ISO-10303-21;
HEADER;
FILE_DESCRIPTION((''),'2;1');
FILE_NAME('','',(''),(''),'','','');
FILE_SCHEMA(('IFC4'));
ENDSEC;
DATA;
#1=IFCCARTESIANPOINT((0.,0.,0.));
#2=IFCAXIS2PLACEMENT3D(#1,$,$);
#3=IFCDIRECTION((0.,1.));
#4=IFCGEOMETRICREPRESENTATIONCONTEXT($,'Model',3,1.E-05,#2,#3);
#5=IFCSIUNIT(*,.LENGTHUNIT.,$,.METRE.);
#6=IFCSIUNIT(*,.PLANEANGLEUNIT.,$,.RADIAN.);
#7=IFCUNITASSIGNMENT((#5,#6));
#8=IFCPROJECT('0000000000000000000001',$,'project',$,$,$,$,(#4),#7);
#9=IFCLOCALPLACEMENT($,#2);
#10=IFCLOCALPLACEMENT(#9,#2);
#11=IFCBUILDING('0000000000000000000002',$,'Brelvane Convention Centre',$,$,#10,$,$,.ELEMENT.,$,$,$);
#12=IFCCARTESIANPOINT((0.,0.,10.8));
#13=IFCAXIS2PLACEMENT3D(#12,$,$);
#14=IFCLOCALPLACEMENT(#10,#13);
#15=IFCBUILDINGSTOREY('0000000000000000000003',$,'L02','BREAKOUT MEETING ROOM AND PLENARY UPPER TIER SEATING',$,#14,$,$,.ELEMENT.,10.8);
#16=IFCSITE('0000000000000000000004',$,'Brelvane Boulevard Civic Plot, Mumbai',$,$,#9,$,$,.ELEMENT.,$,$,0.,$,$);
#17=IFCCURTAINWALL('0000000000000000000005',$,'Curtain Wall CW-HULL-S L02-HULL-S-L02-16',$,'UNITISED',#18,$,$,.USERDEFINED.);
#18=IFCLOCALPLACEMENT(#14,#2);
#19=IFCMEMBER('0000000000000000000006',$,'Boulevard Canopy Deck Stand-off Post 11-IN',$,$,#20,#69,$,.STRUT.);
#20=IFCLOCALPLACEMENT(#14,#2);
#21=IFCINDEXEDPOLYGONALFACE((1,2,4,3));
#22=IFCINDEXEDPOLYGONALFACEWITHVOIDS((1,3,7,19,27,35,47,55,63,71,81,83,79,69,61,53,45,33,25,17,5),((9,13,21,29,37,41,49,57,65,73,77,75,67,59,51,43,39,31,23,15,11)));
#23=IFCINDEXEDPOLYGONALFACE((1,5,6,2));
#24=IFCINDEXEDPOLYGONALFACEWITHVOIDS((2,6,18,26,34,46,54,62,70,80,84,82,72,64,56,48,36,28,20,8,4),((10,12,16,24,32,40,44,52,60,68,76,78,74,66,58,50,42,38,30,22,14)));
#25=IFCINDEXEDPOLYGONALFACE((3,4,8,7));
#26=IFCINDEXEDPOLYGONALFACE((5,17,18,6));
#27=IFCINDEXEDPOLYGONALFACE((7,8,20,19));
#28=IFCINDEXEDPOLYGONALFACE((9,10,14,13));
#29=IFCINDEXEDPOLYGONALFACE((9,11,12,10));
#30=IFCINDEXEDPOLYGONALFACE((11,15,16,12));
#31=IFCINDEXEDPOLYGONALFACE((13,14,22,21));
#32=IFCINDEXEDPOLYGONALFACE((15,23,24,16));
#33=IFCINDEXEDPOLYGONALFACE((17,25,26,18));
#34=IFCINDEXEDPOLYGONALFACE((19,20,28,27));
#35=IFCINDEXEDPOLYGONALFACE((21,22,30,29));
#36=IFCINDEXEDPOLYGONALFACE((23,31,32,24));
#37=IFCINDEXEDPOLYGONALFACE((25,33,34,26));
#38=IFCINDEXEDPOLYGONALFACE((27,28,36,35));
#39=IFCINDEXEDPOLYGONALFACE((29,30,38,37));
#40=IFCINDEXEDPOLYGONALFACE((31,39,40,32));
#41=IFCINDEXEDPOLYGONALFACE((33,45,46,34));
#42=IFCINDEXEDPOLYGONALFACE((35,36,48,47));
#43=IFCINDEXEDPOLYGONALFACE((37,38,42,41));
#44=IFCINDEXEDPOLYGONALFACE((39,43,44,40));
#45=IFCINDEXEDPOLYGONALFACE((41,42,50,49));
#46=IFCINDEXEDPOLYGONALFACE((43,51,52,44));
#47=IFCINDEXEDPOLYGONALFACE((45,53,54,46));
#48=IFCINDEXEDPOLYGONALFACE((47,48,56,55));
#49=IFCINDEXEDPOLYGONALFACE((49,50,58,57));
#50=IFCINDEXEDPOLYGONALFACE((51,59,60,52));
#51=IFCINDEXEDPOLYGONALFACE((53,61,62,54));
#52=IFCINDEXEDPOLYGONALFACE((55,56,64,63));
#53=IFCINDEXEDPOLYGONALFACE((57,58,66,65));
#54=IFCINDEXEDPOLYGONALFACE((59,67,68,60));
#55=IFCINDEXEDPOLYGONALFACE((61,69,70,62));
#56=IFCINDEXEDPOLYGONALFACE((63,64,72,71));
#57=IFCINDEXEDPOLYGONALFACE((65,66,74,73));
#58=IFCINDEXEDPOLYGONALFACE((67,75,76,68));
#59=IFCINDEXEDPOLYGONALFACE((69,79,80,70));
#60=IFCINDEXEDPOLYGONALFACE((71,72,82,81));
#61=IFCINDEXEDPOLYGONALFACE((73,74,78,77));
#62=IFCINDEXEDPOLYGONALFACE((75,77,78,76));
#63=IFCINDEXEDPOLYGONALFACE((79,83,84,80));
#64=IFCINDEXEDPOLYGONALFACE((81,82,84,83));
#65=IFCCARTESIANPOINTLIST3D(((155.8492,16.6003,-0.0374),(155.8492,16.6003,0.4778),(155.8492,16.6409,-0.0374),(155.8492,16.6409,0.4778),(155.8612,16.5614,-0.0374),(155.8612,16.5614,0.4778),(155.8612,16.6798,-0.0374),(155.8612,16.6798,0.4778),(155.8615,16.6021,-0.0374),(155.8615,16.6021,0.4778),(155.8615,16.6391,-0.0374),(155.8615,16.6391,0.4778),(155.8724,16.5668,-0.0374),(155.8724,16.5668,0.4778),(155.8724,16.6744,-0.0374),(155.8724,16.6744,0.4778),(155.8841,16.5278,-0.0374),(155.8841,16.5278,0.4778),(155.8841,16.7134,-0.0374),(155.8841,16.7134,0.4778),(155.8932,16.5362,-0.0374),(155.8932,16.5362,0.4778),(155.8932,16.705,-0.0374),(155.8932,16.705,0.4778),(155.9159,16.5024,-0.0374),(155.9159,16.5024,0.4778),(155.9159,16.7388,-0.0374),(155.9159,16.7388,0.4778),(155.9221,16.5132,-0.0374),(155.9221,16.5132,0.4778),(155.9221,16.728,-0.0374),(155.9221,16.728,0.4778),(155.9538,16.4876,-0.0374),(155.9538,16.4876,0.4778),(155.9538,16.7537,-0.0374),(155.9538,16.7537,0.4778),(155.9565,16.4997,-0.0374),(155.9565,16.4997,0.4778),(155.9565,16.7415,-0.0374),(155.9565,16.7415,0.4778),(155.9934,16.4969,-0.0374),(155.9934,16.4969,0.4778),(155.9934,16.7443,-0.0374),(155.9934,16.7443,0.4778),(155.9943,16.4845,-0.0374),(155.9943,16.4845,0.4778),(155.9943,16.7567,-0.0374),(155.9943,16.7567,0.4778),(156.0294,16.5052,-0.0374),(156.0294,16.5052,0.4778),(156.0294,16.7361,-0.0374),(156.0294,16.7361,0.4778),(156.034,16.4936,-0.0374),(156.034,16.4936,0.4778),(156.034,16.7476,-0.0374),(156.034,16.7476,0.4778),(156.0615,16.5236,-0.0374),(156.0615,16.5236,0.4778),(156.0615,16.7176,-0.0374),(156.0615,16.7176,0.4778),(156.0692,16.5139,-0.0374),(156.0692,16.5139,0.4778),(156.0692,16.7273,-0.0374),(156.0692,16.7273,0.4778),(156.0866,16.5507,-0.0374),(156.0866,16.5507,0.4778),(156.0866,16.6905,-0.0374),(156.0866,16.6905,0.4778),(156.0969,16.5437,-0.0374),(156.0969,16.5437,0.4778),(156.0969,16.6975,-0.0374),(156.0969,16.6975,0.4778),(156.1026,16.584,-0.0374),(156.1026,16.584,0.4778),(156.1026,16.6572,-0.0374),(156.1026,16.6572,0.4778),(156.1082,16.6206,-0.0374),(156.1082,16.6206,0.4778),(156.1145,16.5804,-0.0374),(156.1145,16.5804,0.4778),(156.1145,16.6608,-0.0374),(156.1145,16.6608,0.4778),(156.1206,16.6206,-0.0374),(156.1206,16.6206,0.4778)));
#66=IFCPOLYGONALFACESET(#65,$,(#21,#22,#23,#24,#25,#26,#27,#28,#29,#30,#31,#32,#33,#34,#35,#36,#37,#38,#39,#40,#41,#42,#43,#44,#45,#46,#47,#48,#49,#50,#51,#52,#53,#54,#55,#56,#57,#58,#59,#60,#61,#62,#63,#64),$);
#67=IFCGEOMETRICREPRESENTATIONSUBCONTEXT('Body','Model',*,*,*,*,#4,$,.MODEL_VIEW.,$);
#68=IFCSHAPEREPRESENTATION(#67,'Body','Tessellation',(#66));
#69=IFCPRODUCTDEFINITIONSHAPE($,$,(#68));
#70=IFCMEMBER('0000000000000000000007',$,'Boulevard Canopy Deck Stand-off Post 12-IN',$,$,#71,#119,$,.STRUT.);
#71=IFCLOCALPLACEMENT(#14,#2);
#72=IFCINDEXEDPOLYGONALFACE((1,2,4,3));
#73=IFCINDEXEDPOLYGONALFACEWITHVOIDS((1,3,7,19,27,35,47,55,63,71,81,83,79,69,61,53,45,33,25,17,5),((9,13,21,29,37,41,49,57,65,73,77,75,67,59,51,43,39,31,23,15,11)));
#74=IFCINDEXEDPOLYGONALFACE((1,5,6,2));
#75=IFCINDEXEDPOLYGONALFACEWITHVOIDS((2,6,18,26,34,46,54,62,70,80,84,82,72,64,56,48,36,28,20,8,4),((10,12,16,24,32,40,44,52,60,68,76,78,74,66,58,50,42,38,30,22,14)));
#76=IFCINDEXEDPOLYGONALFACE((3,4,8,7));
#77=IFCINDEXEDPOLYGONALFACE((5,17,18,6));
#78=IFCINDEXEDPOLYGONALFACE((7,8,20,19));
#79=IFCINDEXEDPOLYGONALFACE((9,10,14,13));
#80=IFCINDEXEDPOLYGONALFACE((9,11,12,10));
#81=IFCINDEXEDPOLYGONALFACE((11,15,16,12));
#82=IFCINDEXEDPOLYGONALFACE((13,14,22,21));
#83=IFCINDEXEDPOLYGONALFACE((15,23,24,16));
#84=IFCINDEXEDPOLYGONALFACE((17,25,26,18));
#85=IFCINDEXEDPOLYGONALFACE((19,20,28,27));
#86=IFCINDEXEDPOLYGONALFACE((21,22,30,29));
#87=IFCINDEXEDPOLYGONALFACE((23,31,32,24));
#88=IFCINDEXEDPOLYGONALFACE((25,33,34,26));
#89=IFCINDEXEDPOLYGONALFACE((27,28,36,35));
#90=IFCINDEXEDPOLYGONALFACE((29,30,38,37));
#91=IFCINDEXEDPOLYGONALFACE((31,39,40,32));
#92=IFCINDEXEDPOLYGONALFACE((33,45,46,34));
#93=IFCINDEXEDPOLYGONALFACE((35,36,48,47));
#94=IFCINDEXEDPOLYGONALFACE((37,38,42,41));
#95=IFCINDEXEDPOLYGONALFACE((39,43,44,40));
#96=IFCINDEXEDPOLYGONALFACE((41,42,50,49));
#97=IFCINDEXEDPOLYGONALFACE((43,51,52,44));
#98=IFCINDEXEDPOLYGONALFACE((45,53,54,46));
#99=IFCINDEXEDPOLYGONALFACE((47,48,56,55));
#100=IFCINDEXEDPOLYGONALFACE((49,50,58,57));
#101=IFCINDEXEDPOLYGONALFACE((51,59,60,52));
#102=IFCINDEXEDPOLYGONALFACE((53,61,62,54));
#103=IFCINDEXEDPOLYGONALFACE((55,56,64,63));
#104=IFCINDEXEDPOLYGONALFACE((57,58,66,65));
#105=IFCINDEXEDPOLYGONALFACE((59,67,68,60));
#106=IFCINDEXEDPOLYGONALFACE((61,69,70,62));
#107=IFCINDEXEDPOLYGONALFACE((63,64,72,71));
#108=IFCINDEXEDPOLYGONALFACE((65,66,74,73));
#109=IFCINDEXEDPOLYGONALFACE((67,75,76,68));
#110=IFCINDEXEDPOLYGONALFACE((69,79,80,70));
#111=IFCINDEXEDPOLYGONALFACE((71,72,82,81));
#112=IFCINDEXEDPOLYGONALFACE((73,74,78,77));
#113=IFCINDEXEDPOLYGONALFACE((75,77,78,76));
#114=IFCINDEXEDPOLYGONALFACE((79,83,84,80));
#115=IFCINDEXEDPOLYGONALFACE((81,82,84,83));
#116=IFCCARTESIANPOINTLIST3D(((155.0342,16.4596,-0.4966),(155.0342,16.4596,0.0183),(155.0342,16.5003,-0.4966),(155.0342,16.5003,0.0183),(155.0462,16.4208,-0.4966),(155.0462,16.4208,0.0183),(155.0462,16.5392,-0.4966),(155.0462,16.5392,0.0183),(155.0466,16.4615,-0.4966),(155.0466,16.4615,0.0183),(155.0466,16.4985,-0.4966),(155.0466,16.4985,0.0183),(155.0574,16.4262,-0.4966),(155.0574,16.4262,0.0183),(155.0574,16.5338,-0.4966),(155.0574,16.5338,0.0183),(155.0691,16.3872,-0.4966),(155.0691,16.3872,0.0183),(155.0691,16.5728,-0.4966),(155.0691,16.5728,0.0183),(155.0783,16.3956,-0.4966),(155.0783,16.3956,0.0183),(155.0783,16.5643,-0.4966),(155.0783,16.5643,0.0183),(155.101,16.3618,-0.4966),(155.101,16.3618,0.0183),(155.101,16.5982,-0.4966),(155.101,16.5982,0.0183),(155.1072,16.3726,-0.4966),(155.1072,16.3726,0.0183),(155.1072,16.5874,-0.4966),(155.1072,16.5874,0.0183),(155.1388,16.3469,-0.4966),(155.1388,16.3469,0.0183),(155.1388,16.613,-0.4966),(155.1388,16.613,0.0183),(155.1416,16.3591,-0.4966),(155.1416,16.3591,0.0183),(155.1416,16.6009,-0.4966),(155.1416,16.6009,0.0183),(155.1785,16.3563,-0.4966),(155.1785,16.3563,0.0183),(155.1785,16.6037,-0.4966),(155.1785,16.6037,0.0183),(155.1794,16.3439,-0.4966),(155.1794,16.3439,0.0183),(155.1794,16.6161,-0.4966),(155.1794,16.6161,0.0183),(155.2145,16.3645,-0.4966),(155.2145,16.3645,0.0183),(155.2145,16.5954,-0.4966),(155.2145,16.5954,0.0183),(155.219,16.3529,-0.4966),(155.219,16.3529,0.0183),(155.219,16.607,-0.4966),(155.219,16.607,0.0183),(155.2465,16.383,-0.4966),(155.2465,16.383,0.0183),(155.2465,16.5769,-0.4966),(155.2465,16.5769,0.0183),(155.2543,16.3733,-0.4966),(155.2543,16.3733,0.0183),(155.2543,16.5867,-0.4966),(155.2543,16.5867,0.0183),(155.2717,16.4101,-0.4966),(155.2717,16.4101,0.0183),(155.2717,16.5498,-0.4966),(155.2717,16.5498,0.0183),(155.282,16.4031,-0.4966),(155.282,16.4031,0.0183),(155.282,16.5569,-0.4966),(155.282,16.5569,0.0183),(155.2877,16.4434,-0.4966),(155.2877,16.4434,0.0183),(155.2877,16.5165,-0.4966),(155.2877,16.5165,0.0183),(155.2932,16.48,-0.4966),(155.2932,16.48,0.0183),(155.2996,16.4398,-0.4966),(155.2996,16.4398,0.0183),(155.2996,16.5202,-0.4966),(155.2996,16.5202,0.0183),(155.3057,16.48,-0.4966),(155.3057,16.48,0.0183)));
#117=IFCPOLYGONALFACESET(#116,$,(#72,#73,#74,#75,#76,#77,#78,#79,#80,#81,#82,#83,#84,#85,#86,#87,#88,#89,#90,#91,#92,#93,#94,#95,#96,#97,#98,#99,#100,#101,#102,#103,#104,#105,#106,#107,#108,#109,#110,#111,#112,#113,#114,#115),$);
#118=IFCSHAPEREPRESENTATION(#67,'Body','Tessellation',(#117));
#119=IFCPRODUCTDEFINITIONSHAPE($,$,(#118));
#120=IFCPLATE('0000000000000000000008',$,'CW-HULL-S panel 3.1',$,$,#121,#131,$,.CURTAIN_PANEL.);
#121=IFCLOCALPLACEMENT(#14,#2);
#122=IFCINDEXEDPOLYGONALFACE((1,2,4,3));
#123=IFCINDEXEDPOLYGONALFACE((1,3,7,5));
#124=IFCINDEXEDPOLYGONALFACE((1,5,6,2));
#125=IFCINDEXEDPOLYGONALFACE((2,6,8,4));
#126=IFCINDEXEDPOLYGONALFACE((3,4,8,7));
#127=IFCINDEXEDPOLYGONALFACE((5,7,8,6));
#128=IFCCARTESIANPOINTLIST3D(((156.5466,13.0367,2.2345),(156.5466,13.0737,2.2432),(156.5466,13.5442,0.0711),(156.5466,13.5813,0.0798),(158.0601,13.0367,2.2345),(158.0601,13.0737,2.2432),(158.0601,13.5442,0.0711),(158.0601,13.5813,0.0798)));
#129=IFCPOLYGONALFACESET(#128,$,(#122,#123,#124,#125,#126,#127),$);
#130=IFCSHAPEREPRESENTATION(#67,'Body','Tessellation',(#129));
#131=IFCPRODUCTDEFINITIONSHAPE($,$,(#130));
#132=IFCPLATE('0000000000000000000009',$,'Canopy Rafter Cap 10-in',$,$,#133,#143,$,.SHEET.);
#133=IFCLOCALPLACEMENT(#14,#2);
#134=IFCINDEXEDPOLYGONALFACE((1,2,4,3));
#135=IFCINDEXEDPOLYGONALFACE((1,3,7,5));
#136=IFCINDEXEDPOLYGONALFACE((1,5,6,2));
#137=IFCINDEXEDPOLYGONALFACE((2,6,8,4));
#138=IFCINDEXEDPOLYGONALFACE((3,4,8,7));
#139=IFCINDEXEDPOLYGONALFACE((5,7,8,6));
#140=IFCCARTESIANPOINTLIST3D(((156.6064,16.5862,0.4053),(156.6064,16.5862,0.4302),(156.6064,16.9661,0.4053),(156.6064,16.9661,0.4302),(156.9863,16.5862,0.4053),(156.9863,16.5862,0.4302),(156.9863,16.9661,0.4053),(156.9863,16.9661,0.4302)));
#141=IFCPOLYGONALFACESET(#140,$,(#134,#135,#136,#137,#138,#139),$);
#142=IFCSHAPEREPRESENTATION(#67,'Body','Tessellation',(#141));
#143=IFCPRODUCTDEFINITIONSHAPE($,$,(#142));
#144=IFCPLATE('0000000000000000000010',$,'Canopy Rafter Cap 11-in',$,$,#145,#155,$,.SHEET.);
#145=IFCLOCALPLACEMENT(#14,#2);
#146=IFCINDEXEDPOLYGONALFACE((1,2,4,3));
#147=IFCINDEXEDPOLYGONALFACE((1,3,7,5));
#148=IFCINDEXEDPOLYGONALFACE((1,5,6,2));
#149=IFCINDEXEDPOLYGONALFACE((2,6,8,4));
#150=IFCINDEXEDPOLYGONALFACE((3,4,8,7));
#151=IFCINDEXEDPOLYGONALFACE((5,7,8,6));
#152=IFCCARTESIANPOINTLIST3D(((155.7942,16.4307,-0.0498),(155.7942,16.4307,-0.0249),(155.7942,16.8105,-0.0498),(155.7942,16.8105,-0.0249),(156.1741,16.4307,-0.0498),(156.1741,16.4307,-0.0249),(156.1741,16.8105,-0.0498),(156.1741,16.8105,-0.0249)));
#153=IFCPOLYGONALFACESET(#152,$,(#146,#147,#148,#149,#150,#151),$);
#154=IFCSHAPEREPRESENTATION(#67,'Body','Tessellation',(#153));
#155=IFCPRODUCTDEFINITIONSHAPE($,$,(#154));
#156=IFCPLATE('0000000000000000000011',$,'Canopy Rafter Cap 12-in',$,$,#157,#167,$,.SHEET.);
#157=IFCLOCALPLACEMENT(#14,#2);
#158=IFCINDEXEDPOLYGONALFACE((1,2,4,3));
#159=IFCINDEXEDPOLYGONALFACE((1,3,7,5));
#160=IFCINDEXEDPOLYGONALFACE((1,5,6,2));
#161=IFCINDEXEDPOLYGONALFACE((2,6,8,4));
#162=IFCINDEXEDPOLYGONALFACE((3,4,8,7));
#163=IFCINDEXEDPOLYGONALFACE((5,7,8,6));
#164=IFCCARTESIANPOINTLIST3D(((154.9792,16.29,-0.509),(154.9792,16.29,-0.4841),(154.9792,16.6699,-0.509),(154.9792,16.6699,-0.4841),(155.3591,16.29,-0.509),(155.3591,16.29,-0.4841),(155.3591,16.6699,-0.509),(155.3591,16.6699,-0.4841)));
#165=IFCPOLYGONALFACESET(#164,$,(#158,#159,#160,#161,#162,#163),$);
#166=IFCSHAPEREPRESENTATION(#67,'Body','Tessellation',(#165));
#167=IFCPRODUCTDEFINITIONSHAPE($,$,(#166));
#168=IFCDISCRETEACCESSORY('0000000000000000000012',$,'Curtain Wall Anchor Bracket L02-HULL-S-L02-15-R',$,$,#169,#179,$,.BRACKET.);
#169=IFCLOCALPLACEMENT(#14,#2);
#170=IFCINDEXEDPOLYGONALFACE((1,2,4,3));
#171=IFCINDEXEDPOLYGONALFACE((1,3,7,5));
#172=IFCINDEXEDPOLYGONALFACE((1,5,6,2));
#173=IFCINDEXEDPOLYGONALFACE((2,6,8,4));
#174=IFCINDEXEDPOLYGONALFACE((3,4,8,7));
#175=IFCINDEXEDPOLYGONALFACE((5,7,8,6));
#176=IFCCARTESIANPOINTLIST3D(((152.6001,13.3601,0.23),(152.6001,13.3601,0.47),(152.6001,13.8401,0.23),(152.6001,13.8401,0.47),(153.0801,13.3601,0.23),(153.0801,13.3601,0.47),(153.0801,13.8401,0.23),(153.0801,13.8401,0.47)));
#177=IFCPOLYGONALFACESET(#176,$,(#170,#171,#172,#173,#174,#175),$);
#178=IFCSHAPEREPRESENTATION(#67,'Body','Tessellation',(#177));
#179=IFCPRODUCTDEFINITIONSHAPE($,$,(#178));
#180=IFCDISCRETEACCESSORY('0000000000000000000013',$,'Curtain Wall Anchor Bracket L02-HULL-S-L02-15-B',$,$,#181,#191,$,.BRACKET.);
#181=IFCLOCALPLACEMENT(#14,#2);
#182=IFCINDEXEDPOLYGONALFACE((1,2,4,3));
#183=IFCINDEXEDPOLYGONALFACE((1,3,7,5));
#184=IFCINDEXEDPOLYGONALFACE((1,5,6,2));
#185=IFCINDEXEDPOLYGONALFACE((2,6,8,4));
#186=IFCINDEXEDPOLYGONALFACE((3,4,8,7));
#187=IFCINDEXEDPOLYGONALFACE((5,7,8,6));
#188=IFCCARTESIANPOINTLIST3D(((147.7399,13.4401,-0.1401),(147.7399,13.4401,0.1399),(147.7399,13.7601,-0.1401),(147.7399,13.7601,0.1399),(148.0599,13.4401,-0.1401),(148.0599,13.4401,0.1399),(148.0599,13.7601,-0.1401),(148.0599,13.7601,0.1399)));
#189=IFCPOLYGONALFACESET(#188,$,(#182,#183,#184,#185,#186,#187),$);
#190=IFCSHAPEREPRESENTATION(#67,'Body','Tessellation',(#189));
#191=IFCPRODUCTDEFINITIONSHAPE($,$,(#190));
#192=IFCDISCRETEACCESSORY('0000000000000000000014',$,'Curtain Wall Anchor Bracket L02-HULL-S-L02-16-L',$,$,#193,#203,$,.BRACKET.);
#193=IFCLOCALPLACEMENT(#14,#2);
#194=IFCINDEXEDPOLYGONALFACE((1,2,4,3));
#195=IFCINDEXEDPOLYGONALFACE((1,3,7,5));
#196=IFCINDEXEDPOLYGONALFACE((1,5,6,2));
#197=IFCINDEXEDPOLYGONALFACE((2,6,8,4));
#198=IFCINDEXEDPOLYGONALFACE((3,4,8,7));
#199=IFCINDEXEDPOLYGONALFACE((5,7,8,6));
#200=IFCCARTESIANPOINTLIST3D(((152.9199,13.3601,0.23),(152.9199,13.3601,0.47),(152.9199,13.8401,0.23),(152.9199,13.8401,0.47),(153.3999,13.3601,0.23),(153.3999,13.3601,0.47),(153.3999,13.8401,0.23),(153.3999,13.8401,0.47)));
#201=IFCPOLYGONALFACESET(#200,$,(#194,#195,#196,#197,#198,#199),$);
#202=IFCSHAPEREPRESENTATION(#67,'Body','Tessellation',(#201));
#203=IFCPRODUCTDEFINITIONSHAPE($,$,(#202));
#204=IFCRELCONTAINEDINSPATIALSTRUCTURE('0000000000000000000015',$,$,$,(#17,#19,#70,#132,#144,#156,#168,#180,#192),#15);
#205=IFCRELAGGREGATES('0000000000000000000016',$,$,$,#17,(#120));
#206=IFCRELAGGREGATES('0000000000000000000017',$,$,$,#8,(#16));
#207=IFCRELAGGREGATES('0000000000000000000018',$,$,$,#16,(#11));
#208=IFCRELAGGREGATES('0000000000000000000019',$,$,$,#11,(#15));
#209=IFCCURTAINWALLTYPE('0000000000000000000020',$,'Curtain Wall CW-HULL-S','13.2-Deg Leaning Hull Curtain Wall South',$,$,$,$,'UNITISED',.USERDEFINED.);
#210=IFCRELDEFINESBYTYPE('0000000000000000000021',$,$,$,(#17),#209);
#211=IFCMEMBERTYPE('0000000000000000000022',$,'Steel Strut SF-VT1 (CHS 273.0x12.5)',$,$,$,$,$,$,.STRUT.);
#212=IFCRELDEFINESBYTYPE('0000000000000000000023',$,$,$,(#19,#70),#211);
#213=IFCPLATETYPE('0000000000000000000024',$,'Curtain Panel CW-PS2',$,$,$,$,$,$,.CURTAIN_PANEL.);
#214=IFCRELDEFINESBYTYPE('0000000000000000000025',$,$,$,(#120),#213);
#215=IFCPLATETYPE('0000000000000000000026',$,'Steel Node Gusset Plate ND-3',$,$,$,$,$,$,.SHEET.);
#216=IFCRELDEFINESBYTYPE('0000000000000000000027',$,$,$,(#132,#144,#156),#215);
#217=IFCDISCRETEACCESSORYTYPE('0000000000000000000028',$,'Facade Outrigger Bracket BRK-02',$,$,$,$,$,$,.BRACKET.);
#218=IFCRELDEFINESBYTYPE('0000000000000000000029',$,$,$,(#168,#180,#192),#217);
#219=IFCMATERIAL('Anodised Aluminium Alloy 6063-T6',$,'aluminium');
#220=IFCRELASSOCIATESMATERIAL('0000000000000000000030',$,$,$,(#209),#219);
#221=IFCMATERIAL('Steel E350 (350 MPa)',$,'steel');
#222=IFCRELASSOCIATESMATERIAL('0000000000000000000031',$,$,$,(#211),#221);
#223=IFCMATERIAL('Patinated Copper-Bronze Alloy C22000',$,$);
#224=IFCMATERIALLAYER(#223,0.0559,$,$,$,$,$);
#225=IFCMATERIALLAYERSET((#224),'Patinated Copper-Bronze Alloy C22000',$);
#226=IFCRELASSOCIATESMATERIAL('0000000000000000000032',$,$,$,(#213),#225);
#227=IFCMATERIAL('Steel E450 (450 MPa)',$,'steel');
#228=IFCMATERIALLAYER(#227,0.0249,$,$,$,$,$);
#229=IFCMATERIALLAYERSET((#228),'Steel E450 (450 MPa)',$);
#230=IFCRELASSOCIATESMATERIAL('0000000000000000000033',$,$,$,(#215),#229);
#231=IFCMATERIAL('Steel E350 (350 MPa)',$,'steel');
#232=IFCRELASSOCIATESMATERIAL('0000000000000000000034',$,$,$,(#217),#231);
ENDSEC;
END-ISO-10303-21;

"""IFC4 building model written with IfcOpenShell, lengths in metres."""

from ifc_helpers import new_model, si_unit, direction, frame, origin, origin_2d, place, context, subcontext, project, spatial, polyline, rectangle, hollow_circle, outline, extrude, material, layer, layer_set, material_profile, profile_set, type_object, element, aggregate, save


model = new_model("IFC4")

# Units and contexts
model_context = context("Model", 3, precision=1e-05, world=origin(), true_north=direction((0.0, 1.0)))
body_context = subcontext(model_context, "Body", "Model", "MODEL_VIEW")
ifc_project = project(units=[si_unit("LENGTHUNIT", "METRE"), si_unit("PLANEANGLEUNIT", "RADIAN")], contexts=[model_context])

# Site, building, storey
site_placement = place(None, origin())
site = spatial("IfcSite", under=ifc_project, at=site_placement, Name="Brelvane Boulevard Civic Plot, Mumbai", CompositionType="ELEMENT", RefElevation=0.0)
building_placement = place(site_placement, origin())
building = spatial("IfcBuilding", under=site, at=building_placement, Name="Brelvane Convention Centre", CompositionType="ELEMENT")
storey_placement = place(building_placement, frame((0.0, 0.0, 10.8)))
storey = spatial("IfcBuildingStorey", under=building, at=storey_placement, Name="L02", Description="BREAKOUT MEETING ROOM AND PLENARY UPPER TIER SEATING", CompositionType="ELEMENT", Elevation=10.8)

# Curtain wall
ifc_material_1 = material(Name="Anodised Aluminium Alloy 6063-T6", Category="aluminium")
curtain_wall_type = type_object("IfcCurtainWallType", Name="Curtain Wall CW-HULL-S", Description="13.2-Deg Leaning Hull Curtain Wall South", ElementType="UNITISED", PredefinedType="USERDEFINED", material=ifc_material_1)
curtain_wall_1_placement = place(storey_placement, origin())
curtain_wall_1 = element("IfcCurtainWall", 1, at=curtain_wall_1_placement, inside=storey, type_object=curtain_wall_type, Name="Curtain Wall CW-HULL-S L02-HULL-S-L02-16", ObjectType="UNITISED", PredefinedType="USERDEFINED")

# Members
ifc_material_2 = material(Name="Steel E350 (350 MPa)", Category="steel")
ifc_material_profile_1 = material_profile(ifc_material_2, hollow_circle(Radius=0.1365, WallThickness=0.0125, at=origin_2d()), Name="CHS 273.0x12.5")
ifc_profile_set_1 = profile_set([ifc_material_profile_1], Name="Steel E350 (350 MPa)")
member_type_1 = type_object("IfcMemberType", Name="Steel Strut SF-VT1 (CHS 273.0x12.5)", PredefinedType="STRUT", material=ifc_profile_set_1)
member_1_placement = place(storey_placement, frame((155.9841, 16.6206, -0.0374), z_axis=(0.0, 0.0, 1.0), x_axis=(1.0, 0.0, 0.0)))
element("IfcMember", 2, at=member_1_placement, inside=storey, type_object=member_type_1, Name="Boulevard Canopy Deck Stand-off Post 11-IN", PredefinedType="STRUT", context=body_context, shape_type="SweptSolid", body=[
    extrude(hollow_circle(Radius=0.1365, WallThickness=0.0125, at=origin_2d()), origin(), (0.0, 0.0, 1.0), 0.5151),
])
member_2_placement = place(storey_placement, frame((155.1692, 16.48, -0.4966), z_axis=(0.0, 0.0, 1.0), x_axis=(1.0, 0.0, 0.0)))
element("IfcMember", 3, at=member_2_placement, inside=storey, type_object=member_type_1, Name="Boulevard Canopy Deck Stand-off Post 12-IN", PredefinedType="STRUT", context=body_context, shape_type="SweptSolid", body=[
    extrude(hollow_circle(Radius=0.1365, WallThickness=0.0125, at=origin_2d()), origin(), (0.0, 0.0, 1.0), 0.5149),
])

# Plate
ifc_material_3 = material(Name="Patinated Copper-Bronze Alloy C22000")
ifc_layer_1 = layer(ifc_material_3, 0.0559)
ifc_layer_set_1 = layer_set([ifc_layer_1], Name="Patinated Copper-Bronze Alloy C22000")
plate_type_1 = type_object("IfcPlateType", Name="Curtain Panel CW-PS2", PredefinedType="CURTAIN_PANEL", material=ifc_layer_set_1)
plate_placement = place(storey_placement, frame((156.5466, 13.5813, 0.0798), z_axis=(0.0, 0.973563, 0.228421), x_axis=(1.0, 0.0, 0.0)))
plate = element("IfcPlate", 4, at=plate_placement, type_object=plate_type_1, Name="CW-HULL-S panel 3.1", PredefinedType="CURTAIN_PANEL", context=body_context, shape_type="SweptSolid", body=[
    extrude(outline(polyline([(0.0, 0.0), (1.5134, 0.0), (1.5134, -2.2221), (0.0, -2.2221), (0.0, 0.0)])), origin(), (0.0, 0.0, -1.0), 0.0381),
])
aggregate(curtain_wall_1, [plate])

# Plates
ifc_material_4 = material(Name="Steel E450 (450 MPa)", Category="steel")
ifc_layer_2 = layer(ifc_material_4, 0.0249)
ifc_layer_set_2 = layer_set([ifc_layer_2], Name="Steel E450 (450 MPa)")
plate_type_2 = type_object("IfcPlateType", Name="Steel Node Gusset Plate ND-3", PredefinedType="SHEET", material=ifc_layer_set_2)
for number, where, z_axis, x_axis, name in (
    (5, (156.7964, 16.7761, 0.4053), (0.0, 0.0, 1.0), (1.0, 0.0, 0.0), "Canopy Rafter Cap 10-in"),
    (6, (155.9841, 16.6206, -0.0498), (0.0, 0.0, 1.0), (1.0, 0.0, 0.0), "Canopy Rafter Cap 11-in"),
    (7, (155.1692, 16.48, -0.509), (0.0, 0.0, 1.0), (1.0, 0.0, 0.0), "Canopy Rafter Cap 12-in"),
):
    element("IfcPlate", number, at=place(storey_placement, frame(where, z_axis=z_axis, x_axis=x_axis)), inside=storey, type_object=plate_type_2, Name=name, PredefinedType="SHEET", context=body_context, shape_type="SweptSolid", body=[
        extrude(rectangle(XDim=0.3799, YDim=0.3799, at=origin_2d()), origin(), (0.0, 0.0, 1.0), 0.0249),
    ])

# Discrete accessories
ifc_material_5 = material(Name="Steel E350 (350 MPa)", Category="steel")
discrete_accessory_type = type_object("IfcDiscreteAccessoryType", Name="Facade Outrigger Bracket BRK-02", PredefinedType="BRACKET", material=ifc_material_5)
discrete_accessory_1_placement = place(storey_placement, frame((152.8401, 13.6001, 0.23), z_axis=(0.0, 0.0, 1.0), x_axis=(1.0, 0.0, 0.0)))
element("IfcDiscreteAccessory", 8, at=discrete_accessory_1_placement, inside=storey, type_object=discrete_accessory_type, Name="Curtain Wall Anchor Bracket L02-HULL-S-L02-15-R", PredefinedType="BRACKET", context=body_context, shape_type="SweptSolid", body=[
    extrude(rectangle(XDim=0.48, YDim=0.48, at=origin_2d()), origin(), (0.0, 0.0, 1.0), 0.24),
])
discrete_accessory_2_placement = place(storey_placement, frame((147.8999, 13.6001, -0.1401), z_axis=(0.0, 0.0, 1.0), x_axis=(1.0, 0.0, 0.0)))
element("IfcDiscreteAccessory", 9, at=discrete_accessory_2_placement, inside=storey, type_object=discrete_accessory_type, Name="Curtain Wall Anchor Bracket L02-HULL-S-L02-15-B", PredefinedType="BRACKET", context=body_context, shape_type="SweptSolid", body=[
    extrude(rectangle(XDim=0.3201, YDim=0.3201, at=origin_2d()), origin(), (0.0, 0.0, 1.0), 0.28),
])
discrete_accessory_3_placement = place(storey_placement, frame((153.1599, 13.6001, 0.23), z_axis=(0.0, 0.0, 1.0), x_axis=(1.0, 0.0, 0.0)))
element("IfcDiscreteAccessory", 10, at=discrete_accessory_3_placement, inside=storey, type_object=discrete_accessory_type, Name="Curtain Wall Anchor Bracket L02-HULL-S-L02-16-L", PredefinedType="BRACKET", context=body_context, shape_type="SweptSolid", body=[
    extrude(rectangle(XDim=0.48, YDim=0.48, at=origin_2d()), origin(), (0.0, 0.0, 1.0), 0.24),
])

save(model, "model.ifc")
